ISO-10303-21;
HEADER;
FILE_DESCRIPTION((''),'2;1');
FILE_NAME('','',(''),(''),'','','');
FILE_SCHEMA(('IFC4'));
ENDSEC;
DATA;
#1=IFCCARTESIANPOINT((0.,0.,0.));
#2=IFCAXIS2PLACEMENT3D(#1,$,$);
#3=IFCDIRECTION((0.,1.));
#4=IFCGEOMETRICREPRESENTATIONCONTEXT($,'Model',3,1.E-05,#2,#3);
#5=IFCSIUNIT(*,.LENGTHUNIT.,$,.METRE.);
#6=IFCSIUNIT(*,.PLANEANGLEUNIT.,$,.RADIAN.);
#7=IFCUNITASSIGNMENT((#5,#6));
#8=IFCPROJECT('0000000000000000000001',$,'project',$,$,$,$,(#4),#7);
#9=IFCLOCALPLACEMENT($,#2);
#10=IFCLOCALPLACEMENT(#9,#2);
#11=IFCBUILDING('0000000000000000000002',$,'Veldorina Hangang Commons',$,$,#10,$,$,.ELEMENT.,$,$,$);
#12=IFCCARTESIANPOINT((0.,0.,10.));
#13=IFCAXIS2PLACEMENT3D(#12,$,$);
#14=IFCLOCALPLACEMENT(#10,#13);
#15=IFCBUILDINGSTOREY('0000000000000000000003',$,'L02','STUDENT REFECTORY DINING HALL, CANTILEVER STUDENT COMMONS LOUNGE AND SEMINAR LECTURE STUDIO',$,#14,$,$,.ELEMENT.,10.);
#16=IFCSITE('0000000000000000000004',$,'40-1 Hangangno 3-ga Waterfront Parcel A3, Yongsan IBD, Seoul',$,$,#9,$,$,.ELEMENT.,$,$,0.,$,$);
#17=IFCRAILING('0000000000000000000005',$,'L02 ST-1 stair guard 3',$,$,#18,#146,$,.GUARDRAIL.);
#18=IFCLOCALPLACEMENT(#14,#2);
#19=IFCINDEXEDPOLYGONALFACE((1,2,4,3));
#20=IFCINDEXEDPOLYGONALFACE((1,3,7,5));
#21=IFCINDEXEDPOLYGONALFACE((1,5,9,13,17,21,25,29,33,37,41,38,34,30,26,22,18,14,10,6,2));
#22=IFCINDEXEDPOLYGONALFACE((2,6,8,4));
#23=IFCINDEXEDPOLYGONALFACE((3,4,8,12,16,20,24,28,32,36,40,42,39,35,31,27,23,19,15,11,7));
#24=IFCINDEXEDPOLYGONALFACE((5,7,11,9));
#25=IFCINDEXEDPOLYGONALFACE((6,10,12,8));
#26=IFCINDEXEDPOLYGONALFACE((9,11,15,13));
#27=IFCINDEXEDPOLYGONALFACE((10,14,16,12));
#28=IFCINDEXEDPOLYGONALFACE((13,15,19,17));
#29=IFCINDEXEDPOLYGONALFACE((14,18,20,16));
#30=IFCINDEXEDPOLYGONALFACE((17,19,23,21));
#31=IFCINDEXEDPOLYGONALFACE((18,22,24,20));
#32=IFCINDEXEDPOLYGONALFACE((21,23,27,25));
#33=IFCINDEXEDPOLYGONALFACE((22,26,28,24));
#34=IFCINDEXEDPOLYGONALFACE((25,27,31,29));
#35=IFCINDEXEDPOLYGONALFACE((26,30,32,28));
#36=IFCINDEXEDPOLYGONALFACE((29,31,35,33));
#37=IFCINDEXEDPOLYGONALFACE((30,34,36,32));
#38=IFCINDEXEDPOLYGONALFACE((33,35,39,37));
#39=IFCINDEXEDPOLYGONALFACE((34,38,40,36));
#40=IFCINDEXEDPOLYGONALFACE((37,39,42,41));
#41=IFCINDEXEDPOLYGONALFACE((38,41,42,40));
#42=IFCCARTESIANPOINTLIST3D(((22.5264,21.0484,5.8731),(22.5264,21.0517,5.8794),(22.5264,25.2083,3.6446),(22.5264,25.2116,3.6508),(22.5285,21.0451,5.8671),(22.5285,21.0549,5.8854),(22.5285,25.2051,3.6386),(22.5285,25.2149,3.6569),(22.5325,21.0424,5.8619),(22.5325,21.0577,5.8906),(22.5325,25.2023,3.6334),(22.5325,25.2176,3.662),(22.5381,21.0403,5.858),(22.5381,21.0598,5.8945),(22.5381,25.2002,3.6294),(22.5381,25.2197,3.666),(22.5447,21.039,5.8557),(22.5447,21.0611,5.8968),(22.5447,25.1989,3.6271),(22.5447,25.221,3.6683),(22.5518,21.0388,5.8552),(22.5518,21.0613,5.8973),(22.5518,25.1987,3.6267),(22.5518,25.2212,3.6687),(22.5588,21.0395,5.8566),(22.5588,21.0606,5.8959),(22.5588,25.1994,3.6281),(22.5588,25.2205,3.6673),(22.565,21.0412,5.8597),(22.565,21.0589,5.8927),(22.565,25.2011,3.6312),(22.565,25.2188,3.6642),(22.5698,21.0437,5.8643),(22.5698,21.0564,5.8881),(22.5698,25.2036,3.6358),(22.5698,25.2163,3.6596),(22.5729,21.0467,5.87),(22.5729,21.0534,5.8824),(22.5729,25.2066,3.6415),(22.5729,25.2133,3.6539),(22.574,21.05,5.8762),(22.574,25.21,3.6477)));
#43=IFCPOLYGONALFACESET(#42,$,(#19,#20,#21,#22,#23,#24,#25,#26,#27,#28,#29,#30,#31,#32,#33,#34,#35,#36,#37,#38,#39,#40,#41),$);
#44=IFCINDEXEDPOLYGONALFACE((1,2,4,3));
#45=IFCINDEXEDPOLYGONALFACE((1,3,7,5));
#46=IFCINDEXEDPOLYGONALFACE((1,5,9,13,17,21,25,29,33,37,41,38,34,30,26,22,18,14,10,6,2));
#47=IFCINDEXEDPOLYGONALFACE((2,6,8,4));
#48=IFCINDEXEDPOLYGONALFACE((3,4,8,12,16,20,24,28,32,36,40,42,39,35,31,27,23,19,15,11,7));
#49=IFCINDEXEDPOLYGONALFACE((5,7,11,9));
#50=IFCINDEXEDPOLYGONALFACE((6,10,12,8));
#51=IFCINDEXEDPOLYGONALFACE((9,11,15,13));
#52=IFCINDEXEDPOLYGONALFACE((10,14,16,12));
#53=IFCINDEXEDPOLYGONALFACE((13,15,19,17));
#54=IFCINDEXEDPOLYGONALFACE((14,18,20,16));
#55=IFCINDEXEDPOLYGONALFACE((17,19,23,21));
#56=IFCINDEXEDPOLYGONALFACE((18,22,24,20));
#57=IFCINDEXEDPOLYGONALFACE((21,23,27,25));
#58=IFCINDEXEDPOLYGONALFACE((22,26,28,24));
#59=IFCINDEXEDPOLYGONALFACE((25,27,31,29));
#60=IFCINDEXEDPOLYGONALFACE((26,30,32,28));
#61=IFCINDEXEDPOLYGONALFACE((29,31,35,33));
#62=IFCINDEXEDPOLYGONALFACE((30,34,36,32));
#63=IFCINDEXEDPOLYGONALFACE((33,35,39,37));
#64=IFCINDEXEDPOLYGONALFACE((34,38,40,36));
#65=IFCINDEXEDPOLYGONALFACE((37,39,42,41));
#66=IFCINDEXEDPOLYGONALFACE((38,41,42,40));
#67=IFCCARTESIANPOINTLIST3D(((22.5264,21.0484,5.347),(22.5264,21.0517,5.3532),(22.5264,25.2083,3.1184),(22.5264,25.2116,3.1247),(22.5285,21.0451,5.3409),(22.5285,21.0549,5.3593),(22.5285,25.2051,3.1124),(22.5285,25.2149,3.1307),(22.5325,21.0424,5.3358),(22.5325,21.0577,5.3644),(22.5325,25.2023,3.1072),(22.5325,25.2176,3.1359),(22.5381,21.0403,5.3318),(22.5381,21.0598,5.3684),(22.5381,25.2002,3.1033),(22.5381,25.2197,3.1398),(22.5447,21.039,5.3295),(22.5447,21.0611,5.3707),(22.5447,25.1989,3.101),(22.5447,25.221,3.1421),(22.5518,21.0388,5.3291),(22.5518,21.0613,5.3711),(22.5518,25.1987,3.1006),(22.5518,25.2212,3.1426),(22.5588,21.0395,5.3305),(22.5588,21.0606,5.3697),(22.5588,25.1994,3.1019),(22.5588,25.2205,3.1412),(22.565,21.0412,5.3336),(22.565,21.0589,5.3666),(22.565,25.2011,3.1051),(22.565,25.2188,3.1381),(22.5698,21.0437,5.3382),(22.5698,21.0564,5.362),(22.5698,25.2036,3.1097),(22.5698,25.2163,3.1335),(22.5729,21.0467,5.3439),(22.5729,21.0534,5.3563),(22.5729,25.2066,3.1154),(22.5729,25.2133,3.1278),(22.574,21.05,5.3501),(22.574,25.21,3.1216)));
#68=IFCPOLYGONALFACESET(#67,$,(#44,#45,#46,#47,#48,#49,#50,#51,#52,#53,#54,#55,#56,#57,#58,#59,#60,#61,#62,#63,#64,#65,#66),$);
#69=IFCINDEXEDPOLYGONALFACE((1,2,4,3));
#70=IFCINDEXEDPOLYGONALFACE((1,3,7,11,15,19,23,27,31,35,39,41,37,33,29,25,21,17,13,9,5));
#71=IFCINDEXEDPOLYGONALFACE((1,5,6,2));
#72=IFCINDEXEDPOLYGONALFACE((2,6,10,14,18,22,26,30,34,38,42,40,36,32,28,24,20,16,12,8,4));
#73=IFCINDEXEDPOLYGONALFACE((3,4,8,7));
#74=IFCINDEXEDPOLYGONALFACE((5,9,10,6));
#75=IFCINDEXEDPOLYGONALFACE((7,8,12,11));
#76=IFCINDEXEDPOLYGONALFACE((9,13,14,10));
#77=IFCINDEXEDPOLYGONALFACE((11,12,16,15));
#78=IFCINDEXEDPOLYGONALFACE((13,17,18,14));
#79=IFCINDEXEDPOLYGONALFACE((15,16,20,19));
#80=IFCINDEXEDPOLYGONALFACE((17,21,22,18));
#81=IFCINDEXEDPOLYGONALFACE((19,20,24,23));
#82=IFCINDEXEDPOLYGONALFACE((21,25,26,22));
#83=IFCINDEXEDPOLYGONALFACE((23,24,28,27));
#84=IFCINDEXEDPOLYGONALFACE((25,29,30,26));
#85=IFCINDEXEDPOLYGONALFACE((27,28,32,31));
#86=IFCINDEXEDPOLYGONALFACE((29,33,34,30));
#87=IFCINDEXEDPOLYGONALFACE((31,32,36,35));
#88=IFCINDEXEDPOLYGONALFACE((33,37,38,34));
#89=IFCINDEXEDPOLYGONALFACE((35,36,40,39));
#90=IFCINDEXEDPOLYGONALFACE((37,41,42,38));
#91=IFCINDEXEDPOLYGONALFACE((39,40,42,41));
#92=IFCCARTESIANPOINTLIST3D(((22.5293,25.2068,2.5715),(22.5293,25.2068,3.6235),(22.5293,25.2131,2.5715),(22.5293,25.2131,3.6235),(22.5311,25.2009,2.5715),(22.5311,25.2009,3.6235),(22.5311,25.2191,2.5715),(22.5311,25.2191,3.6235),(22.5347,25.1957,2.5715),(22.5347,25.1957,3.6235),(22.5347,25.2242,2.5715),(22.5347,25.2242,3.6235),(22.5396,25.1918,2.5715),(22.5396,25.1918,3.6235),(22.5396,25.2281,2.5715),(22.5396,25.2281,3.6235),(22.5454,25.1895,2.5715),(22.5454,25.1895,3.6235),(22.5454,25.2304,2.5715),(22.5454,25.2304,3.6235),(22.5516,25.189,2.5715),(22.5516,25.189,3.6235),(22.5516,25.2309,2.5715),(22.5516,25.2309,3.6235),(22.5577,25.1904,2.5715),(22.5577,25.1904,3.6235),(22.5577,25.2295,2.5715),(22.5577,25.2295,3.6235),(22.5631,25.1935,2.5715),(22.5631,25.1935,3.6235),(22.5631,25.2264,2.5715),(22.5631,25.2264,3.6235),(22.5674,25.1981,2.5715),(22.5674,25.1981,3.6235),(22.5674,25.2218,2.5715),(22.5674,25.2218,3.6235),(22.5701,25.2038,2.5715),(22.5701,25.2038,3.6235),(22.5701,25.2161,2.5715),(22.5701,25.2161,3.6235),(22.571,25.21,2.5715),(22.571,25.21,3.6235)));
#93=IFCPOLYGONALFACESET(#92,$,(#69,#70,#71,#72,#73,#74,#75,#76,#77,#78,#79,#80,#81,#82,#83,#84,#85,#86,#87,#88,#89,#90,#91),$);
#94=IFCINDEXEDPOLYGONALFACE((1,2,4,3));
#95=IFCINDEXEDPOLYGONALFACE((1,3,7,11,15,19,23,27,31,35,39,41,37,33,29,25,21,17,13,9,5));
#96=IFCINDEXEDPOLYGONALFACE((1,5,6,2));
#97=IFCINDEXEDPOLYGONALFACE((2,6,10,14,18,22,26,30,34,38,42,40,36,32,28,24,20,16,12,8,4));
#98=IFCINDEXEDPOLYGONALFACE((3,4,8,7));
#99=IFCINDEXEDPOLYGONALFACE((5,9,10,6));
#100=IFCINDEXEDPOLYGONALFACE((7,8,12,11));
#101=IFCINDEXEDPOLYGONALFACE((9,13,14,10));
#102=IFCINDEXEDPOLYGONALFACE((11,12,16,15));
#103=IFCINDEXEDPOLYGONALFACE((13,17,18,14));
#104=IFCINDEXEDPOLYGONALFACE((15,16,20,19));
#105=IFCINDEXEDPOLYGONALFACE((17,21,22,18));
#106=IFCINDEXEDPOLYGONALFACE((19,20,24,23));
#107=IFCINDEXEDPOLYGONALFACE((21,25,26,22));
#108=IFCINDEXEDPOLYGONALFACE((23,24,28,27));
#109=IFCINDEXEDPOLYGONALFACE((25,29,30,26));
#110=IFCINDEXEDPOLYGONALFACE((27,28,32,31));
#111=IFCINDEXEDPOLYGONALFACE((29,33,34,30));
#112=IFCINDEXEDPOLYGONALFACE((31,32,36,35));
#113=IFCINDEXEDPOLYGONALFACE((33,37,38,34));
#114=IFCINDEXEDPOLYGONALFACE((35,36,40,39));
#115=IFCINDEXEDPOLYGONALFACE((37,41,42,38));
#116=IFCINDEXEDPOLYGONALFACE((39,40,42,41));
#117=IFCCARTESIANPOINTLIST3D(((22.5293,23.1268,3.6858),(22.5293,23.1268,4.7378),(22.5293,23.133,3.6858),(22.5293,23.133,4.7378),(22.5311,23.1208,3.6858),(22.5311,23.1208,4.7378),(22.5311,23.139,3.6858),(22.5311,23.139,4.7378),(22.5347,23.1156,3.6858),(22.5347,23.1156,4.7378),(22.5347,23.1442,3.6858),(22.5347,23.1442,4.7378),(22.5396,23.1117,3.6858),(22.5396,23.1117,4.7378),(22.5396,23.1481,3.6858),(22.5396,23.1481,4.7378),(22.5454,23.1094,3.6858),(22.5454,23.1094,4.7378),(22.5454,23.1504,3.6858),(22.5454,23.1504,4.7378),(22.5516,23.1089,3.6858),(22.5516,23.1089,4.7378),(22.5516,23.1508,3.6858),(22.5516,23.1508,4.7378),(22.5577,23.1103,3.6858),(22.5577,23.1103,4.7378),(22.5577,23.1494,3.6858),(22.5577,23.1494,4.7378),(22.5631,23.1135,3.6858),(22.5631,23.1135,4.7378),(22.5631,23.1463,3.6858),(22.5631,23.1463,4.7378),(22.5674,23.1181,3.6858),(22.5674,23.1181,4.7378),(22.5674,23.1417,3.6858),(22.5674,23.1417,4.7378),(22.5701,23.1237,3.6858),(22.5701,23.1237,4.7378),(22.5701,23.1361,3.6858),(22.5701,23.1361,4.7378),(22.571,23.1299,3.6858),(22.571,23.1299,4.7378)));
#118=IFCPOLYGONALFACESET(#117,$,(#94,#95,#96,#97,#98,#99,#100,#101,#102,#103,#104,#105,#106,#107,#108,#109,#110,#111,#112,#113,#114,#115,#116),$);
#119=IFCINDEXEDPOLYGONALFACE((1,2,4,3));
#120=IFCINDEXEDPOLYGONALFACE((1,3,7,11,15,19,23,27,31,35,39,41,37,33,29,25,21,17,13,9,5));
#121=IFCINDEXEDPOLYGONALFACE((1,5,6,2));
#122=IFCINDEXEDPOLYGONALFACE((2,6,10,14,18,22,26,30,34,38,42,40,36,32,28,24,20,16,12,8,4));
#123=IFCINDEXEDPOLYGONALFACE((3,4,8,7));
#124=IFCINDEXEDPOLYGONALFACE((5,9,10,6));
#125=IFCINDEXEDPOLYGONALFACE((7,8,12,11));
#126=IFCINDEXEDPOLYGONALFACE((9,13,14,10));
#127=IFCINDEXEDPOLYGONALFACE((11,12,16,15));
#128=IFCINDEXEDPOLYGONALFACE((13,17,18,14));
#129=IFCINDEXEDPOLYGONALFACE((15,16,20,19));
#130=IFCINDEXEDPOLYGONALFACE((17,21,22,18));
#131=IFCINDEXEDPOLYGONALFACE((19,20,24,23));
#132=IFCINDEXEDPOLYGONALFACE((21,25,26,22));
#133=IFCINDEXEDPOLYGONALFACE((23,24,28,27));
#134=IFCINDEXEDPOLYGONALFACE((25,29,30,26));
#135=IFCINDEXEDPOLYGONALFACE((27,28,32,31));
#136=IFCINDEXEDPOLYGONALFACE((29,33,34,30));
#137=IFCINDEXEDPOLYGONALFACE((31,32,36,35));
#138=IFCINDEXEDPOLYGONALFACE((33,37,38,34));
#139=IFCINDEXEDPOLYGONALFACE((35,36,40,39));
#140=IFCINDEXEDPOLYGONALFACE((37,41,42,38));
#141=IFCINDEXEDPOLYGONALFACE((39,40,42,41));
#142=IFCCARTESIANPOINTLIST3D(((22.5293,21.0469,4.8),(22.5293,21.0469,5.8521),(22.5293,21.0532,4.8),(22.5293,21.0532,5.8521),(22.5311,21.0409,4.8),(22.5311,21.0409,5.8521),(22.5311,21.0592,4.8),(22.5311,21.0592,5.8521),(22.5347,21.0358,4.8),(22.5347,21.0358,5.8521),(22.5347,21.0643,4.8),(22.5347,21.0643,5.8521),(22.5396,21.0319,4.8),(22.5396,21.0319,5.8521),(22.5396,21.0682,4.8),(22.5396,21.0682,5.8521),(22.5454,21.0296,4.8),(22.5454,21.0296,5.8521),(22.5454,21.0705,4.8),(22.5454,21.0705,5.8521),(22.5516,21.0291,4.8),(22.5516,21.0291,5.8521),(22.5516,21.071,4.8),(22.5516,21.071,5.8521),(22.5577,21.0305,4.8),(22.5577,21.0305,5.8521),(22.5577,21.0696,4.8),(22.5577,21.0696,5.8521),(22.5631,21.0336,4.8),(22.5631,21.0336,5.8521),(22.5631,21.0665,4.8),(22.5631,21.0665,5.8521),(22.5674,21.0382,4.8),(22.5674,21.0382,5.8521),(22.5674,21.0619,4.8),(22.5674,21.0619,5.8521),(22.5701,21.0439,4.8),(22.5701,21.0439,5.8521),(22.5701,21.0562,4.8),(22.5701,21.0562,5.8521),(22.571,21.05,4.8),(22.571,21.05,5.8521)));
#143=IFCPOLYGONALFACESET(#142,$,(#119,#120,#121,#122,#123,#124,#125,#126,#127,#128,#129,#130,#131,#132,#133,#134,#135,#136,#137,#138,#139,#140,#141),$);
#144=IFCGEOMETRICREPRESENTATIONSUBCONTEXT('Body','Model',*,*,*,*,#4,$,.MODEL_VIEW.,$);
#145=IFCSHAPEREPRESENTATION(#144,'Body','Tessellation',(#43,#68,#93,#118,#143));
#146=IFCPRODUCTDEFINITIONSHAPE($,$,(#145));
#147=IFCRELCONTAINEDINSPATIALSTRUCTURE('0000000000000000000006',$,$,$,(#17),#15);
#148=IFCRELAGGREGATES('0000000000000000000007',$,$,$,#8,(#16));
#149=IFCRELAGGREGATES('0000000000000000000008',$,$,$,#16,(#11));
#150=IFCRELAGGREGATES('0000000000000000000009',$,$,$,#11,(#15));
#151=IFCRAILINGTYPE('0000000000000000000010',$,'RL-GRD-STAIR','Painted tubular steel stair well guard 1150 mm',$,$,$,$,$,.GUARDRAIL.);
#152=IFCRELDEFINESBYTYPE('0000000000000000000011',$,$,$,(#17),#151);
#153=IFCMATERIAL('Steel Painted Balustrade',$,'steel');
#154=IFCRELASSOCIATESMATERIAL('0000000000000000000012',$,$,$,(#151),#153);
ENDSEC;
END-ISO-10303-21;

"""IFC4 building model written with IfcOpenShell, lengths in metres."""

from ifc_helpers import new_model, si_unit, direction, frame, origin, origin_2d, place, context, subcontext, project, spatial, circle, extrude, material, type_object, element, save


model = new_model("IFC4")

# Units and contexts
model_context = context("Model", 3, precision=1e-05, world=origin(), true_north=direction((0.0, 1.0)))
body_context = subcontext(model_context, "Body", "Model", "MODEL_VIEW")
ifc_project = project(units=[si_unit("LENGTHUNIT", "METRE"), si_unit("PLANEANGLEUNIT", "RADIAN")], contexts=[model_context])

# Site, building, storey
site_placement = place(None, origin())
site = spatial("IfcSite", under=ifc_project, at=site_placement, Name="40-1 Hangangno 3-ga Waterfront Parcel A3, Yongsan IBD, Seoul", CompositionType="ELEMENT", RefElevation=0.0)
building_placement = place(site_placement, origin())
building = spatial("IfcBuilding", under=site, at=building_placement, Name="Veldorina Hangang Commons", CompositionType="ELEMENT")
storey_placement = place(building_placement, frame((0.0, 0.0, 10.0)))
storey = spatial("IfcBuildingStorey", under=building, at=storey_placement, Name="L02", Description="STUDENT REFECTORY DINING HALL, CANTILEVER STUDENT COMMONS LOUNGE AND SEMINAR LECTURE STUDIO", CompositionType="ELEMENT", Elevation=10.0)

# Railing
ifc_material_1 = material(Name="Steel Painted Balustrade", Category="steel")
railing_type_1 = type_object("IfcRailingType", Name="RL-GRD-STAIR", Description="Painted tubular steel stair well guard 1150 mm", PredefinedType="GUARDRAIL", material=ifc_material_1)
railing_1_placement = place(storey_placement, frame((22.55, 25.21, 2.5715)))
element("IfcRailing", 1, at=railing_1_placement, inside=storey, type_object=railing_type_1, Name="L02 ST-1 stair guard 3", PredefinedType="GUARDRAIL", context=body_context, shape_type="SweptSolid", body=[
    extrude(circle(Radius=0.0239, at=origin_2d()), frame((0.0, 0.0, 1.0762), z_axis=(0.0, -0.881481, 0.47222), x_axis=(1.0, 0.0, 0.0)), (0.0, 0.0, 1.0), 4.7192),
    extrude(circle(Radius=0.0239, at=origin_2d()), frame((0.0, 0.0, 0.55), z_axis=(0.0, -0.881481, 0.47222), x_axis=(1.0, 0.0, 0.0)), (0.0, 0.0, 1.0), 4.7192),
    extrude(circle(Radius=0.021, at=origin_2d()), origin(), (0.0, 0.0, 1.0), 1.052),
    extrude(circle(Radius=0.021, at=origin_2d()), frame((0.0, -2.0801, 1.1143)), (0.0, 0.0, 1.0), 1.052),
    extrude(circle(Radius=0.021, at=origin_2d()), frame((0.0, -4.1599, 2.2285)), (0.0, 0.0, 1.0), 1.052),
])

save(model, "model.ifc")
